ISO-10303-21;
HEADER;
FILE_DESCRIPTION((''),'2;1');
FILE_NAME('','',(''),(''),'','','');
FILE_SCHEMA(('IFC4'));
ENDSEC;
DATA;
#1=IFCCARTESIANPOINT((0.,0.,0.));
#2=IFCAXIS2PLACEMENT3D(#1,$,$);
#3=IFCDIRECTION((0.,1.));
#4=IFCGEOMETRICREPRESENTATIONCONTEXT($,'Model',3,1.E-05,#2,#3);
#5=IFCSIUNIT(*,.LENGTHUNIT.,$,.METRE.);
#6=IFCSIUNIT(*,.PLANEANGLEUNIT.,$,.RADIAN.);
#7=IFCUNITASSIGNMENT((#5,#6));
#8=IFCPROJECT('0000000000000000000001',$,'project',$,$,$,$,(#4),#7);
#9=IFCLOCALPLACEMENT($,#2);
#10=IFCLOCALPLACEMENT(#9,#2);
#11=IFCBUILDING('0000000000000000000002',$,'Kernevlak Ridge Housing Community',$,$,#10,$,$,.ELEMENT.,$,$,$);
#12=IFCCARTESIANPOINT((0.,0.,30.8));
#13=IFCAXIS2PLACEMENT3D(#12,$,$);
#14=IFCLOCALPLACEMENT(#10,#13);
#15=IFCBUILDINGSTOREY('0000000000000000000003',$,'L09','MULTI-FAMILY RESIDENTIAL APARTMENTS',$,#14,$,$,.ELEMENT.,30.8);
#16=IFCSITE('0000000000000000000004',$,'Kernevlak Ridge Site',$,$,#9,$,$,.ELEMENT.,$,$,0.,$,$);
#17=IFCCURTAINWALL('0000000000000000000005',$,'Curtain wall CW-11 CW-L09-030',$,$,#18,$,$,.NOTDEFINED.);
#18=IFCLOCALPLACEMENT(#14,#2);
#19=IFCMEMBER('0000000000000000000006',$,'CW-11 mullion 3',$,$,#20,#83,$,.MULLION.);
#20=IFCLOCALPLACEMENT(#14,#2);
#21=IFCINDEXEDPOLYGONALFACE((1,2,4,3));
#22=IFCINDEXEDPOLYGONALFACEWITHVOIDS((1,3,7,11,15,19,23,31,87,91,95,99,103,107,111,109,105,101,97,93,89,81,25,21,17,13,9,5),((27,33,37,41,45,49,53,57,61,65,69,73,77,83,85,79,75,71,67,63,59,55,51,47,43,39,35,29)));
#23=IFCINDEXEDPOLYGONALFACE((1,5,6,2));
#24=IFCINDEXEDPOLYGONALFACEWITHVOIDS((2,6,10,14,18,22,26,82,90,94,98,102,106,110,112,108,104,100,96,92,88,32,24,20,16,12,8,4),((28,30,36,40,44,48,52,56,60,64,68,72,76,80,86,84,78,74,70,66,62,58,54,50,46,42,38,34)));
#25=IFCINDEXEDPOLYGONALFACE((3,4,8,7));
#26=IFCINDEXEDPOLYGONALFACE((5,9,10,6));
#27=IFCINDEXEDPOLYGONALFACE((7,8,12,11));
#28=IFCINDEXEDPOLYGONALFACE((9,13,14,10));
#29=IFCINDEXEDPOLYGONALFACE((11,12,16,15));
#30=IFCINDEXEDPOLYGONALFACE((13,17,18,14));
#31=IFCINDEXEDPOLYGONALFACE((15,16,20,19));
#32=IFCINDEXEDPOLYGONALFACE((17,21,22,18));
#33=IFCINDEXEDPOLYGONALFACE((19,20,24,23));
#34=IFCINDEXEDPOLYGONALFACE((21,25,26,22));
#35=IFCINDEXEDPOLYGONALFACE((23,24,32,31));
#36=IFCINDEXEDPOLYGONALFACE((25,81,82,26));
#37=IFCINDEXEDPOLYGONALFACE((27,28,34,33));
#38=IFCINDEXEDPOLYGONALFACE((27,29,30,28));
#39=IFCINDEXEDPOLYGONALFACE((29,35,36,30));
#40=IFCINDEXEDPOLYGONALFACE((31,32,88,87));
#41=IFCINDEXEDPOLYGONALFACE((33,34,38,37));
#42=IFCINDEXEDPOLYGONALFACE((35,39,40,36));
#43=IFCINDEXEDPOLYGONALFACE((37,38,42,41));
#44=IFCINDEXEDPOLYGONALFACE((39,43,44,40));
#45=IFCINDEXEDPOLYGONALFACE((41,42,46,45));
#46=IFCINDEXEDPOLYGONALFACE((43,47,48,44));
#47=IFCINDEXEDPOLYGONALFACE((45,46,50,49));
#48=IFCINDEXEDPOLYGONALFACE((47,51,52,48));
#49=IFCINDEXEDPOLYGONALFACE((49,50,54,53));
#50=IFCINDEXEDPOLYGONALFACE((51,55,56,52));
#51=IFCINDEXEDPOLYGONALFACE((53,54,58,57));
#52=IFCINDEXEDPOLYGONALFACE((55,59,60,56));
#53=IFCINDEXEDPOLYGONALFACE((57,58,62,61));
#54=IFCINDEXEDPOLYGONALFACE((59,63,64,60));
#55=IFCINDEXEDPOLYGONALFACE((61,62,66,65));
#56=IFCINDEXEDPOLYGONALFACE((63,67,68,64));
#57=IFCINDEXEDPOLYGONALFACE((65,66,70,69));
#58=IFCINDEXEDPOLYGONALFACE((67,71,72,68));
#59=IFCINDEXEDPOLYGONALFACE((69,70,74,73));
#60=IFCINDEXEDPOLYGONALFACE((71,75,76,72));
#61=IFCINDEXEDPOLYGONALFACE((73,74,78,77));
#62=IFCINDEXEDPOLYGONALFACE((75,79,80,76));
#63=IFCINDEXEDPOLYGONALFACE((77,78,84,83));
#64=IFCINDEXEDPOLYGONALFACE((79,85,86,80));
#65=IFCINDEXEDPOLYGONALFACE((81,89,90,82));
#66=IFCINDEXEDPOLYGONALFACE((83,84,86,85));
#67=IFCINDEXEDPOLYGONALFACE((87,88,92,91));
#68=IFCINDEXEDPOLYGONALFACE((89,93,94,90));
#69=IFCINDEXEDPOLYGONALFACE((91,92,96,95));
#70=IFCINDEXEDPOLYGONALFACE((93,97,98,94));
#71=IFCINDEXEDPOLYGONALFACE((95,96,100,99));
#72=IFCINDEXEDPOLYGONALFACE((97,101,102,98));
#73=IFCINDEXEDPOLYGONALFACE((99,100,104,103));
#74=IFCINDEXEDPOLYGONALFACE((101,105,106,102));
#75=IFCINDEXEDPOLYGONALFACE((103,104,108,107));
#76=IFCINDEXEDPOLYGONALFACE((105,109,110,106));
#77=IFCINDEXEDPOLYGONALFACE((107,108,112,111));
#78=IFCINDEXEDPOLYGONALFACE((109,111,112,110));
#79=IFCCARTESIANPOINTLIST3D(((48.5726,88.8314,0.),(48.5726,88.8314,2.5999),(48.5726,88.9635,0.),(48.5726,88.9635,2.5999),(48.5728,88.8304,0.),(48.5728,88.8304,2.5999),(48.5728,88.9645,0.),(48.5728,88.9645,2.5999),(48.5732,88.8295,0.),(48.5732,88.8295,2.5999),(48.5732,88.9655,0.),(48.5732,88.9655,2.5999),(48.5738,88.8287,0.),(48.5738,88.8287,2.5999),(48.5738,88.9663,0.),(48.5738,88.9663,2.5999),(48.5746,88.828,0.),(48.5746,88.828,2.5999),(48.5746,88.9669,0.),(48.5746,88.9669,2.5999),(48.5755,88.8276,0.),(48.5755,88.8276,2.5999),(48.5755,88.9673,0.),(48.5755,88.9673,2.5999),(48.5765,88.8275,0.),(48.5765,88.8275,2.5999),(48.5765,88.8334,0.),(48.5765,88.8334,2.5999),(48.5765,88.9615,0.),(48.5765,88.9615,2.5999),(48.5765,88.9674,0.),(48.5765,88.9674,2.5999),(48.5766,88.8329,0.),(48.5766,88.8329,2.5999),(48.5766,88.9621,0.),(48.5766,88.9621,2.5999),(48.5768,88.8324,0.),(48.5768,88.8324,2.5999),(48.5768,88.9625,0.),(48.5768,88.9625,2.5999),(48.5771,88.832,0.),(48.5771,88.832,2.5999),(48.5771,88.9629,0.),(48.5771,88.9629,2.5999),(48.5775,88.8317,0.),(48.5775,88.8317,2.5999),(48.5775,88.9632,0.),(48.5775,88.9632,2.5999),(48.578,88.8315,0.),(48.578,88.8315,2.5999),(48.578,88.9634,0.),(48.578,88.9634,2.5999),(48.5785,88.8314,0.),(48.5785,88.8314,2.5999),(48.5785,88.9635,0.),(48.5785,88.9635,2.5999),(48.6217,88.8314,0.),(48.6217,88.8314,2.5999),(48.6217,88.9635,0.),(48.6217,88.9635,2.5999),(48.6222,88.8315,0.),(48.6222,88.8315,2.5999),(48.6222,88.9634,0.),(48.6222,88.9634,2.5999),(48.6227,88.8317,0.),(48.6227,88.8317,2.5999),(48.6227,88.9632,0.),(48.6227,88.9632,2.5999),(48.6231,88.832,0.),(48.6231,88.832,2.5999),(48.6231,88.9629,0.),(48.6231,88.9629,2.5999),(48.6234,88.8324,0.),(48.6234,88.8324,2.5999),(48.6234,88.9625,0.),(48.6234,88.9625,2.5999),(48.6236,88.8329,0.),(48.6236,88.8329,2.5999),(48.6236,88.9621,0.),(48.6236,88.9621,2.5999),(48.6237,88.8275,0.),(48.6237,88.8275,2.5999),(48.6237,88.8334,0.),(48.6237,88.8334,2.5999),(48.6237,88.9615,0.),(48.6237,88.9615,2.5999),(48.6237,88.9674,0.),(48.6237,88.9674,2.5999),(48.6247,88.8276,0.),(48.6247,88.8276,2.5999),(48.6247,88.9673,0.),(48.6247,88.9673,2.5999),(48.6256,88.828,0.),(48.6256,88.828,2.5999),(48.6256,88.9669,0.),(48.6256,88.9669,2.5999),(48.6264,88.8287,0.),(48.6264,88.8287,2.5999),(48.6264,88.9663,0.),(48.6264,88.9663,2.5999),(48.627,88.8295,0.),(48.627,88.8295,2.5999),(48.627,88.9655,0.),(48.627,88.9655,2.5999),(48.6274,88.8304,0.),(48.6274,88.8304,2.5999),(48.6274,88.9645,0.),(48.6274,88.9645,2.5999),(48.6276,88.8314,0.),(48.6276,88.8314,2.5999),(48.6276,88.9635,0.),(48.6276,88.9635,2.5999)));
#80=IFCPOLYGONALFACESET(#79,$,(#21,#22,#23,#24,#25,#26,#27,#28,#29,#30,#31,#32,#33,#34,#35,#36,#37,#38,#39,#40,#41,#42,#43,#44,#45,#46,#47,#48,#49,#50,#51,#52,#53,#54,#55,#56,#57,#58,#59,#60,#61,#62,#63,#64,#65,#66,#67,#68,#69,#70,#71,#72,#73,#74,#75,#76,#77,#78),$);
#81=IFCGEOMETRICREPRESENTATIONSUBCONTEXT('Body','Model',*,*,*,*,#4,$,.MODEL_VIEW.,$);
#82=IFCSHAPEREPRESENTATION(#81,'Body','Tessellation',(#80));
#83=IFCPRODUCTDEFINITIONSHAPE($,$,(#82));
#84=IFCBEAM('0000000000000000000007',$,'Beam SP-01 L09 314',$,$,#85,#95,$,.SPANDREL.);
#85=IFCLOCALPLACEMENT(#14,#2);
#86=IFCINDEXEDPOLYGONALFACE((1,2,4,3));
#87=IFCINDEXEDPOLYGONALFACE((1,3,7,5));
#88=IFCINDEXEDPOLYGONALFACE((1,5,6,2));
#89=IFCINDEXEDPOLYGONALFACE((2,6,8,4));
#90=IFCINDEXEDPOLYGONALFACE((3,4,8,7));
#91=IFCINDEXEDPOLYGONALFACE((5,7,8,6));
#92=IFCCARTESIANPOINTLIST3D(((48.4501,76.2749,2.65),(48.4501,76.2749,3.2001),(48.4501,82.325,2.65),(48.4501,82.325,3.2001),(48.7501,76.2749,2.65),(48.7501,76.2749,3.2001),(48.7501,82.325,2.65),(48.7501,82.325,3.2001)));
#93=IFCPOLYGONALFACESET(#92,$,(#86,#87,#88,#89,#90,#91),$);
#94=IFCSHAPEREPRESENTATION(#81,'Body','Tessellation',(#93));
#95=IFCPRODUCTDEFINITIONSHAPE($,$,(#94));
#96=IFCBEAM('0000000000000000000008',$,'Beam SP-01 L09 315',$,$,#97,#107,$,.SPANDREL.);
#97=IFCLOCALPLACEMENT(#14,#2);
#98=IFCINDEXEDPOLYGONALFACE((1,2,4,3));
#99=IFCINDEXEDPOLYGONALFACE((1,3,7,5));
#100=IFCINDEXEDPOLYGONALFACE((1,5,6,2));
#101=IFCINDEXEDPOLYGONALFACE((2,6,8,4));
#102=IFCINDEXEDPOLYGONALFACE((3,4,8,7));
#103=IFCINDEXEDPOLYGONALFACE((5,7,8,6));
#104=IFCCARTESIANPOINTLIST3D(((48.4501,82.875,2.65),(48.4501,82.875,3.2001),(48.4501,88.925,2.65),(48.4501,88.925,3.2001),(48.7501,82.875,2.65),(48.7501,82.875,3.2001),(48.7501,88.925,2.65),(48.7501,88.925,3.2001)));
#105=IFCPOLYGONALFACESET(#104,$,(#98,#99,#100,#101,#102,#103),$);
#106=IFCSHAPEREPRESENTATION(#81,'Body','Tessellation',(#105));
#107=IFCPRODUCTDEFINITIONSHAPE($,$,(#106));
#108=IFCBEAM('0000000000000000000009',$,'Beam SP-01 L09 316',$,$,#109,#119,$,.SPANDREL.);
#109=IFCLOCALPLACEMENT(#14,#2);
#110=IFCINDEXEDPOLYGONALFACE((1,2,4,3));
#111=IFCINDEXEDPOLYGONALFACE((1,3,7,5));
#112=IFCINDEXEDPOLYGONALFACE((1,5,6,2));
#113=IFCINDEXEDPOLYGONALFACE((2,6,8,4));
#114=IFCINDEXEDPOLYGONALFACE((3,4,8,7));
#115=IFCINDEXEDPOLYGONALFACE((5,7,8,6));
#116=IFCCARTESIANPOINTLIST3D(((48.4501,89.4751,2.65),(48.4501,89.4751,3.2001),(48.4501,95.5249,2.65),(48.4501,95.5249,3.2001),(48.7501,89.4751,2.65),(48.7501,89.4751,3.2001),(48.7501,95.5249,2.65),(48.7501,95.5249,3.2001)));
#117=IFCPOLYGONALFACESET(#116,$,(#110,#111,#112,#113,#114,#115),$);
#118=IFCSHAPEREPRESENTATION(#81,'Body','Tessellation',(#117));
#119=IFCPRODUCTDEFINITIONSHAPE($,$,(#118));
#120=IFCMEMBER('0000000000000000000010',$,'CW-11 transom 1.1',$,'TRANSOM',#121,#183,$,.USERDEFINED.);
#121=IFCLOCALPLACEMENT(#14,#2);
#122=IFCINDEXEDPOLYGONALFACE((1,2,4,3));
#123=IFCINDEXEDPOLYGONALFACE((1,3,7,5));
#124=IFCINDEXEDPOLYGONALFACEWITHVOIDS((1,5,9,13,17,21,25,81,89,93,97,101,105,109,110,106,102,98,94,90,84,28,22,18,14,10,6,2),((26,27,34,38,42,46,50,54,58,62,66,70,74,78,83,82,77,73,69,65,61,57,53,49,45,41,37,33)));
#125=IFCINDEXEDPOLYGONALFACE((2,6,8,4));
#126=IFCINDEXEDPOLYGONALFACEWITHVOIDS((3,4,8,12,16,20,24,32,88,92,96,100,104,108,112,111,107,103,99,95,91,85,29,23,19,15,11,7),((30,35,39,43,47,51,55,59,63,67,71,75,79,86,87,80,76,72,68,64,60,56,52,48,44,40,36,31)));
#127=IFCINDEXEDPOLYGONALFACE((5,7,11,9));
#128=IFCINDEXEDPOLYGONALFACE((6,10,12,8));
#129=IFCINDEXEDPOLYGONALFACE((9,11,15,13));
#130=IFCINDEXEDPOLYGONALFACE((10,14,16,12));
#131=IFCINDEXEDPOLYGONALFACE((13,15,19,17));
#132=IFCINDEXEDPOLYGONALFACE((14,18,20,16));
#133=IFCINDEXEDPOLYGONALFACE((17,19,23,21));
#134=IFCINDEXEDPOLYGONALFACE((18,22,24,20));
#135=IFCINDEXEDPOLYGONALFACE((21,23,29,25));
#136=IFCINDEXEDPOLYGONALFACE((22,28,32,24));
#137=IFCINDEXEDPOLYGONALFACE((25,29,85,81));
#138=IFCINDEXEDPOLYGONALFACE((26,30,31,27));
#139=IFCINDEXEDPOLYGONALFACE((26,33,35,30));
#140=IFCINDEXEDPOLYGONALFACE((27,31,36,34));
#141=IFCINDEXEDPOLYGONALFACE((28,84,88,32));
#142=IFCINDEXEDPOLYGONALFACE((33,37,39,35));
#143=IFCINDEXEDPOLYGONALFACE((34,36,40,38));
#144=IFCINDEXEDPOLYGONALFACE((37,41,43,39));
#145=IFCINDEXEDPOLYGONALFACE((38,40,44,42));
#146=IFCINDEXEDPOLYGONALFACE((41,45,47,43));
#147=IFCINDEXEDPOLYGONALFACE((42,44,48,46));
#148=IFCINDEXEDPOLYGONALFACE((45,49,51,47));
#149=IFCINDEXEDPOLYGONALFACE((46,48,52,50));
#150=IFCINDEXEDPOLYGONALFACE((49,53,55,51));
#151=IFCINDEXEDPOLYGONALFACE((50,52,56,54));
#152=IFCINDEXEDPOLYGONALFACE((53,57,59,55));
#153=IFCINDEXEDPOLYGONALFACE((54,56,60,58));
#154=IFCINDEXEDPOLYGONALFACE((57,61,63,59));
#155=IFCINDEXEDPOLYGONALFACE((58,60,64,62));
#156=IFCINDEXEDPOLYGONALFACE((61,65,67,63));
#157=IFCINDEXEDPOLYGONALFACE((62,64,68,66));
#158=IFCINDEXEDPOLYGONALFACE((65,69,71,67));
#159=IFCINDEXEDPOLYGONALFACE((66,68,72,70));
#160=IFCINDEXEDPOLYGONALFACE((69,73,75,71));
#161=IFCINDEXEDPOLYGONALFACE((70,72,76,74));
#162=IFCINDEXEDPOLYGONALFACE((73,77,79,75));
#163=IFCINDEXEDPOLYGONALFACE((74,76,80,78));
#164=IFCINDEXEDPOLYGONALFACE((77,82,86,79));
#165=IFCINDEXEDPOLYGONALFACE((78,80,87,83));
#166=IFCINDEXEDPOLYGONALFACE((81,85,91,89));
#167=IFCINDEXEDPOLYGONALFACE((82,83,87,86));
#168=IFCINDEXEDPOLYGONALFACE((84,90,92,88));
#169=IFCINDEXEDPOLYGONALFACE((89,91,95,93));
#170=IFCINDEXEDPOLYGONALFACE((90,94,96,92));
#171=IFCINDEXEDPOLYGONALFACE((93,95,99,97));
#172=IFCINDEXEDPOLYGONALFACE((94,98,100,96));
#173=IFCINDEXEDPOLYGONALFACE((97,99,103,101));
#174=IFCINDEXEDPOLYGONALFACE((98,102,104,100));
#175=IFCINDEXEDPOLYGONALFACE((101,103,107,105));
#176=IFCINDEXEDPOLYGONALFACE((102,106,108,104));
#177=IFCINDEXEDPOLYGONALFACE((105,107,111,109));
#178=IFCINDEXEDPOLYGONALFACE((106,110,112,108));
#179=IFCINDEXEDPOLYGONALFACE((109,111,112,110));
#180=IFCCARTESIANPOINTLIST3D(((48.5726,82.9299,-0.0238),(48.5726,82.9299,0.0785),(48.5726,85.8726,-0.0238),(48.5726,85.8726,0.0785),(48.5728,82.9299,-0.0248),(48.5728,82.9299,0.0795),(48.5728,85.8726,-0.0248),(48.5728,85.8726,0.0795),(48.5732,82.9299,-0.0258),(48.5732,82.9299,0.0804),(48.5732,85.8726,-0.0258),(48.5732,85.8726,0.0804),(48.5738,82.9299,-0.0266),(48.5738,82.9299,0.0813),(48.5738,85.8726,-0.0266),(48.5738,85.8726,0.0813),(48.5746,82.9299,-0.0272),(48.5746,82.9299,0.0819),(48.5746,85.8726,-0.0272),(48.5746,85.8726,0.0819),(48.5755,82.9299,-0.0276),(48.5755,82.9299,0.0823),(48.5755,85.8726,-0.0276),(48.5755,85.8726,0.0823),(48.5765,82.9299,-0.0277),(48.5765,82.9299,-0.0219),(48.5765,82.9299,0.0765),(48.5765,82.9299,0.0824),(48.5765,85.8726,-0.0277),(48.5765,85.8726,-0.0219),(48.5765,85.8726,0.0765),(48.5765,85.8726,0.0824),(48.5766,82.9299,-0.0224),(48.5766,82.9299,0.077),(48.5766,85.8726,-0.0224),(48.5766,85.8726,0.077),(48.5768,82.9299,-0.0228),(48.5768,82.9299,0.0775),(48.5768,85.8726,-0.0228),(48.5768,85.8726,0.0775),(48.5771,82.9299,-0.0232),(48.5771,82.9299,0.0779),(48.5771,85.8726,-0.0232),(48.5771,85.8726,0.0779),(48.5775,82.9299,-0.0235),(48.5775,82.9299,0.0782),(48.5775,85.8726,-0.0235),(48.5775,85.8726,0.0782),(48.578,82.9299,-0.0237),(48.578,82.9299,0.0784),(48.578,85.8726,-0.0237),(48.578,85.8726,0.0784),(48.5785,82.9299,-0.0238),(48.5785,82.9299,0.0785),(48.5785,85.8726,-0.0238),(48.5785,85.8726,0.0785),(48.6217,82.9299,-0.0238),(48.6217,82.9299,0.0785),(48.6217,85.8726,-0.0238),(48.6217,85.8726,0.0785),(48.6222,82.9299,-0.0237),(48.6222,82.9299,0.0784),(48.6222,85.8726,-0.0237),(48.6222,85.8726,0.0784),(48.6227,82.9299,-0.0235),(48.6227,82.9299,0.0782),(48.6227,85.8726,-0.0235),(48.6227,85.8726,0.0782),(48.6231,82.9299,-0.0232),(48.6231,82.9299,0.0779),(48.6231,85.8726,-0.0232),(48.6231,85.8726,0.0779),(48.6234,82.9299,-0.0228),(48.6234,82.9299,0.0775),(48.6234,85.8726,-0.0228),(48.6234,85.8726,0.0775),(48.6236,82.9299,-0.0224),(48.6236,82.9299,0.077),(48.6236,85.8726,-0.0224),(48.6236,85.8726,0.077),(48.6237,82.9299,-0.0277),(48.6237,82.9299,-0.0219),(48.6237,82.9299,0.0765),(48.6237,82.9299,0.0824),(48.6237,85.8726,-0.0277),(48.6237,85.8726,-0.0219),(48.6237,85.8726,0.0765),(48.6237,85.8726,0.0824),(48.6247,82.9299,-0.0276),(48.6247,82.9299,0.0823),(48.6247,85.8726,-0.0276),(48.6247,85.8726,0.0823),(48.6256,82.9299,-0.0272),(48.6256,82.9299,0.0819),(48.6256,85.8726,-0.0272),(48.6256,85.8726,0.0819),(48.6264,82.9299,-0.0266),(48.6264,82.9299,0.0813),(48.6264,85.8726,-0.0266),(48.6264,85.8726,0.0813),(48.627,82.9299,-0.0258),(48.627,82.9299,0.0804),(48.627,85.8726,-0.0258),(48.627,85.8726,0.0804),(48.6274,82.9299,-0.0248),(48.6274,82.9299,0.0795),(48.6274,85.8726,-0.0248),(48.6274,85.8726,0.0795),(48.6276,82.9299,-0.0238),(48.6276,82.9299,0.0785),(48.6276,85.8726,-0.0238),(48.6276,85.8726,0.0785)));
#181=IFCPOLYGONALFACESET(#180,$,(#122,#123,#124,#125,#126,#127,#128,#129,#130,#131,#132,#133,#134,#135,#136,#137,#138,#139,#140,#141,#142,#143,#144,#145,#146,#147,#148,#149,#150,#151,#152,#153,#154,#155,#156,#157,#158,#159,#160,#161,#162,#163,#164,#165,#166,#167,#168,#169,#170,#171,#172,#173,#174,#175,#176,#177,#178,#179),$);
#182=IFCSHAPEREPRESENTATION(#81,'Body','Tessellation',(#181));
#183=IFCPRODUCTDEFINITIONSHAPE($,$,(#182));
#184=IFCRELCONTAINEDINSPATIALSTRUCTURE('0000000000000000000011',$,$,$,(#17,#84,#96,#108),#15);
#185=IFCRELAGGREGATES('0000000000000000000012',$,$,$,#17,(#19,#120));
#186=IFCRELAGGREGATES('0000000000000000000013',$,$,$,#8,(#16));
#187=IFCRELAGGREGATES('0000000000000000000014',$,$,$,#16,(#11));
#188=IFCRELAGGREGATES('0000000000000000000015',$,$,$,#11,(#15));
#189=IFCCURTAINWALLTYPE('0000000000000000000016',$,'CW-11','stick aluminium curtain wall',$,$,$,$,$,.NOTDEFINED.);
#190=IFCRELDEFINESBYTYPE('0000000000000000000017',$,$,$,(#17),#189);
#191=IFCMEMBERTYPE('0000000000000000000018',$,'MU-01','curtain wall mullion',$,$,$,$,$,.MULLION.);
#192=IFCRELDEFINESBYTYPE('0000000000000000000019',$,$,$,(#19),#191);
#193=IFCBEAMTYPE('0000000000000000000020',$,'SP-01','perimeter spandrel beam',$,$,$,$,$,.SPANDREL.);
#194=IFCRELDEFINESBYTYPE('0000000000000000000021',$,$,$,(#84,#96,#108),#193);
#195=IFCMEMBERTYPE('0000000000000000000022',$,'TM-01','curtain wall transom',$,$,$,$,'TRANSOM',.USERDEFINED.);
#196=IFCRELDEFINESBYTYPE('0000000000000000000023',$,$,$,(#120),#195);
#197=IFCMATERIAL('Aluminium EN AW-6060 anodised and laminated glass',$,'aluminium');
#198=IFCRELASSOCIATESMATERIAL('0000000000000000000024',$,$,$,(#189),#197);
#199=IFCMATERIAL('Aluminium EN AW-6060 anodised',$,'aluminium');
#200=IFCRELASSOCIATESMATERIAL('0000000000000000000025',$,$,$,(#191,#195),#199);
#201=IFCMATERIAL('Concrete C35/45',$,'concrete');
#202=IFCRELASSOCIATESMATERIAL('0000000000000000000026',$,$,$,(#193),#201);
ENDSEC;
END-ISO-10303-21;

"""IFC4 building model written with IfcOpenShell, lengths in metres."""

from ifc_helpers import new_model, si_unit, direction, frame, origin, origin_2d, place, context, subcontext, project, spatial, rectangle, hollow_rectangle, extrude, material, material_profile, profile_set, type_object, element, aggregate, save


model = new_model("IFC4")

# Units and contexts
model_context = context("Model", 3, precision=1e-05, world=origin(), true_north=direction((0.0, 1.0)))
body_context = subcontext(model_context, "Body", "Model", "MODEL_VIEW")
ifc_project = project(units=[si_unit("LENGTHUNIT", "METRE"), si_unit("PLANEANGLEUNIT", "RADIAN")], contexts=[model_context])

# Site, building, storey
site_placement = place(None, origin())
site = spatial("IfcSite", under=ifc_project, at=site_placement, Name="Kernevlak Ridge Site", CompositionType="ELEMENT", RefElevation=0.0)
building_placement = place(site_placement, origin())
building = spatial("IfcBuilding", under=site, at=building_placement, Name="Kernevlak Ridge Housing Community", CompositionType="ELEMENT")
storey_placement = place(building_placement, frame((0.0, 0.0, 30.8)))
storey = spatial("IfcBuildingStorey", under=building, at=storey_placement, Name="L09", Description="MULTI-FAMILY RESIDENTIAL APARTMENTS", CompositionType="ELEMENT", Elevation=30.8)

# Curtain wall, member
ifc_material_1 = material(Name="Aluminium EN AW-6060 anodised and laminated glass", Category="aluminium")
curtain_wall_type = type_object("IfcCurtainWallType", Name="CW-11", Description="stick aluminium curtain wall", PredefinedType="NOTDEFINED", material=ifc_material_1)
curtain_wall_placement = place(storey_placement, origin())
curtain_wall = element("IfcCurtainWall", 1, at=curtain_wall_placement, inside=storey, type_object=curtain_wall_type, Name="Curtain wall CW-11 CW-L09-030", PredefinedType="NOTDEFINED")
ifc_material_2 = material(Name="Aluminium EN AW-6060 anodised", Category="aluminium")
ifc_material_profile_1 = material_profile(ifc_material_2, hollow_rectangle(XDim=0.0549, YDim=0.1399, WallThickness=0.0039, InnerFilletRadius=0.002, OuterFilletRadius=0.0039, at=origin_2d()), Name="ALU 55x140x4")
ifc_profile_set_1 = profile_set([ifc_material_profile_1], Name="Aluminium EN AW-6060 anodised")
member_type_1 = type_object("IfcMemberType", Name="MU-01", Description="curtain wall mullion", PredefinedType="MULLION", material=ifc_profile_set_1)
member_1_placement = place(storey_placement, frame((48.6001, 88.8975, 0.0), z_axis=(0.0, 0.0, 1.0), x_axis=(-1.0, 0.0, 0.0)))
member_1 = element("IfcMember", 2, at=member_1_placement, type_object=member_type_1, Name="CW-11 mullion 3", PredefinedType="MULLION", context=body_context, shape_type="SweptSolid", body=[
    extrude(hollow_rectangle(XDim=0.0549, YDim=0.1399, WallThickness=0.0039, InnerFilletRadius=0.002, OuterFilletRadius=0.0039, at=origin_2d()), origin(), (0.0, 0.0, 1.0), 2.5999),
])

# Beams
ifc_material_3 = material(Name="Concrete C35/45", Category="concrete")
ifc_material_profile_2 = material_profile(ifc_material_3, rectangle(XDim=0.3, YDim=0.55, at=origin_2d()), Name="RC 300x550")
ifc_profile_set_2 = profile_set([ifc_material_profile_2], Name="Concrete C35/45")
beam_type = type_object("IfcBeamType", Name="SP-01", Description="perimeter spandrel beam", PredefinedType="SPANDREL", material=ifc_profile_set_2)
for number, where, z_axis, x_axis, name in (
    (3, (48.6001, 76.2749, 2.925), (0.0, 1.0, 0.0), (-1.0, 0.0, 0.0), "Beam SP-01 L09 314"),
    (4, (48.6001, 82.875, 2.925), (0.0, 1.0, 0.0), (-1.0, 0.0, 0.0), "Beam SP-01 L09 315"),
):
    element("IfcBeam", number, at=place(storey_placement, frame(where, z_axis=z_axis, x_axis=x_axis)), inside=storey, type_object=beam_type, Name=name, PredefinedType="SPANDREL", context=body_context, shape_type="SweptSolid", body=[
        extrude(rectangle(XDim=0.3, YDim=0.55, at=origin_2d()), origin(), (0.0, 0.0, 1.0), 6.05),
    ])
beam_placement = place(storey_placement, frame((48.6001, 89.4751, 2.925), z_axis=(0.0, 1.0, 0.0), x_axis=(-1.0, 0.0, 0.0)))
element("IfcBeam", 5, at=beam_placement, inside=storey, type_object=beam_type, Name="Beam SP-01 L09 316", PredefinedType="SPANDREL", context=body_context, shape_type="SweptSolid", body=[
    extrude(rectangle(XDim=0.3, YDim=0.55, at=origin_2d()), origin(), (0.0, 0.0, 1.0), 6.0498),
])

# Member
ifc_material_profile_3 = material_profile(ifc_material_2, hollow_rectangle(XDim=0.0549, YDim=0.1101, WallThickness=0.0039, InnerFilletRadius=0.002, OuterFilletRadius=0.0039, at=origin_2d()), Name="ALU 55x110x4")
ifc_profile_set_3 = profile_set([ifc_material_profile_3], Name="Aluminium EN AW-6060 anodised")
member_type_2 = type_object("IfcMemberType", Name="TM-01", Description="curtain wall transom", ElementType="TRANSOM", PredefinedType="USERDEFINED", material=ifc_profile_set_3)
member_2_placement = place(storey_placement, frame((48.6001, 82.9299, 0.0273), z_axis=(0.0, 1.0, 0.0), x_axis=(-1.0, 0.0, 0.0)))
member_2 = element("IfcMember", 6, at=member_2_placement, type_object=member_type_2, Name="CW-11 transom 1.1", ObjectType="TRANSOM", PredefinedType="USERDEFINED", context=body_context, shape_type="SweptSolid", body=[
    extrude(hollow_rectangle(XDim=0.0549, YDim=0.1101, WallThickness=0.0039, InnerFilletRadius=0.002, OuterFilletRadius=0.0039, at=origin_2d()), origin(), (0.0, 0.0, 1.0), 2.9426),
])
aggregate(curtain_wall, [member_1, member_2])

save(model, "model.ifc")
